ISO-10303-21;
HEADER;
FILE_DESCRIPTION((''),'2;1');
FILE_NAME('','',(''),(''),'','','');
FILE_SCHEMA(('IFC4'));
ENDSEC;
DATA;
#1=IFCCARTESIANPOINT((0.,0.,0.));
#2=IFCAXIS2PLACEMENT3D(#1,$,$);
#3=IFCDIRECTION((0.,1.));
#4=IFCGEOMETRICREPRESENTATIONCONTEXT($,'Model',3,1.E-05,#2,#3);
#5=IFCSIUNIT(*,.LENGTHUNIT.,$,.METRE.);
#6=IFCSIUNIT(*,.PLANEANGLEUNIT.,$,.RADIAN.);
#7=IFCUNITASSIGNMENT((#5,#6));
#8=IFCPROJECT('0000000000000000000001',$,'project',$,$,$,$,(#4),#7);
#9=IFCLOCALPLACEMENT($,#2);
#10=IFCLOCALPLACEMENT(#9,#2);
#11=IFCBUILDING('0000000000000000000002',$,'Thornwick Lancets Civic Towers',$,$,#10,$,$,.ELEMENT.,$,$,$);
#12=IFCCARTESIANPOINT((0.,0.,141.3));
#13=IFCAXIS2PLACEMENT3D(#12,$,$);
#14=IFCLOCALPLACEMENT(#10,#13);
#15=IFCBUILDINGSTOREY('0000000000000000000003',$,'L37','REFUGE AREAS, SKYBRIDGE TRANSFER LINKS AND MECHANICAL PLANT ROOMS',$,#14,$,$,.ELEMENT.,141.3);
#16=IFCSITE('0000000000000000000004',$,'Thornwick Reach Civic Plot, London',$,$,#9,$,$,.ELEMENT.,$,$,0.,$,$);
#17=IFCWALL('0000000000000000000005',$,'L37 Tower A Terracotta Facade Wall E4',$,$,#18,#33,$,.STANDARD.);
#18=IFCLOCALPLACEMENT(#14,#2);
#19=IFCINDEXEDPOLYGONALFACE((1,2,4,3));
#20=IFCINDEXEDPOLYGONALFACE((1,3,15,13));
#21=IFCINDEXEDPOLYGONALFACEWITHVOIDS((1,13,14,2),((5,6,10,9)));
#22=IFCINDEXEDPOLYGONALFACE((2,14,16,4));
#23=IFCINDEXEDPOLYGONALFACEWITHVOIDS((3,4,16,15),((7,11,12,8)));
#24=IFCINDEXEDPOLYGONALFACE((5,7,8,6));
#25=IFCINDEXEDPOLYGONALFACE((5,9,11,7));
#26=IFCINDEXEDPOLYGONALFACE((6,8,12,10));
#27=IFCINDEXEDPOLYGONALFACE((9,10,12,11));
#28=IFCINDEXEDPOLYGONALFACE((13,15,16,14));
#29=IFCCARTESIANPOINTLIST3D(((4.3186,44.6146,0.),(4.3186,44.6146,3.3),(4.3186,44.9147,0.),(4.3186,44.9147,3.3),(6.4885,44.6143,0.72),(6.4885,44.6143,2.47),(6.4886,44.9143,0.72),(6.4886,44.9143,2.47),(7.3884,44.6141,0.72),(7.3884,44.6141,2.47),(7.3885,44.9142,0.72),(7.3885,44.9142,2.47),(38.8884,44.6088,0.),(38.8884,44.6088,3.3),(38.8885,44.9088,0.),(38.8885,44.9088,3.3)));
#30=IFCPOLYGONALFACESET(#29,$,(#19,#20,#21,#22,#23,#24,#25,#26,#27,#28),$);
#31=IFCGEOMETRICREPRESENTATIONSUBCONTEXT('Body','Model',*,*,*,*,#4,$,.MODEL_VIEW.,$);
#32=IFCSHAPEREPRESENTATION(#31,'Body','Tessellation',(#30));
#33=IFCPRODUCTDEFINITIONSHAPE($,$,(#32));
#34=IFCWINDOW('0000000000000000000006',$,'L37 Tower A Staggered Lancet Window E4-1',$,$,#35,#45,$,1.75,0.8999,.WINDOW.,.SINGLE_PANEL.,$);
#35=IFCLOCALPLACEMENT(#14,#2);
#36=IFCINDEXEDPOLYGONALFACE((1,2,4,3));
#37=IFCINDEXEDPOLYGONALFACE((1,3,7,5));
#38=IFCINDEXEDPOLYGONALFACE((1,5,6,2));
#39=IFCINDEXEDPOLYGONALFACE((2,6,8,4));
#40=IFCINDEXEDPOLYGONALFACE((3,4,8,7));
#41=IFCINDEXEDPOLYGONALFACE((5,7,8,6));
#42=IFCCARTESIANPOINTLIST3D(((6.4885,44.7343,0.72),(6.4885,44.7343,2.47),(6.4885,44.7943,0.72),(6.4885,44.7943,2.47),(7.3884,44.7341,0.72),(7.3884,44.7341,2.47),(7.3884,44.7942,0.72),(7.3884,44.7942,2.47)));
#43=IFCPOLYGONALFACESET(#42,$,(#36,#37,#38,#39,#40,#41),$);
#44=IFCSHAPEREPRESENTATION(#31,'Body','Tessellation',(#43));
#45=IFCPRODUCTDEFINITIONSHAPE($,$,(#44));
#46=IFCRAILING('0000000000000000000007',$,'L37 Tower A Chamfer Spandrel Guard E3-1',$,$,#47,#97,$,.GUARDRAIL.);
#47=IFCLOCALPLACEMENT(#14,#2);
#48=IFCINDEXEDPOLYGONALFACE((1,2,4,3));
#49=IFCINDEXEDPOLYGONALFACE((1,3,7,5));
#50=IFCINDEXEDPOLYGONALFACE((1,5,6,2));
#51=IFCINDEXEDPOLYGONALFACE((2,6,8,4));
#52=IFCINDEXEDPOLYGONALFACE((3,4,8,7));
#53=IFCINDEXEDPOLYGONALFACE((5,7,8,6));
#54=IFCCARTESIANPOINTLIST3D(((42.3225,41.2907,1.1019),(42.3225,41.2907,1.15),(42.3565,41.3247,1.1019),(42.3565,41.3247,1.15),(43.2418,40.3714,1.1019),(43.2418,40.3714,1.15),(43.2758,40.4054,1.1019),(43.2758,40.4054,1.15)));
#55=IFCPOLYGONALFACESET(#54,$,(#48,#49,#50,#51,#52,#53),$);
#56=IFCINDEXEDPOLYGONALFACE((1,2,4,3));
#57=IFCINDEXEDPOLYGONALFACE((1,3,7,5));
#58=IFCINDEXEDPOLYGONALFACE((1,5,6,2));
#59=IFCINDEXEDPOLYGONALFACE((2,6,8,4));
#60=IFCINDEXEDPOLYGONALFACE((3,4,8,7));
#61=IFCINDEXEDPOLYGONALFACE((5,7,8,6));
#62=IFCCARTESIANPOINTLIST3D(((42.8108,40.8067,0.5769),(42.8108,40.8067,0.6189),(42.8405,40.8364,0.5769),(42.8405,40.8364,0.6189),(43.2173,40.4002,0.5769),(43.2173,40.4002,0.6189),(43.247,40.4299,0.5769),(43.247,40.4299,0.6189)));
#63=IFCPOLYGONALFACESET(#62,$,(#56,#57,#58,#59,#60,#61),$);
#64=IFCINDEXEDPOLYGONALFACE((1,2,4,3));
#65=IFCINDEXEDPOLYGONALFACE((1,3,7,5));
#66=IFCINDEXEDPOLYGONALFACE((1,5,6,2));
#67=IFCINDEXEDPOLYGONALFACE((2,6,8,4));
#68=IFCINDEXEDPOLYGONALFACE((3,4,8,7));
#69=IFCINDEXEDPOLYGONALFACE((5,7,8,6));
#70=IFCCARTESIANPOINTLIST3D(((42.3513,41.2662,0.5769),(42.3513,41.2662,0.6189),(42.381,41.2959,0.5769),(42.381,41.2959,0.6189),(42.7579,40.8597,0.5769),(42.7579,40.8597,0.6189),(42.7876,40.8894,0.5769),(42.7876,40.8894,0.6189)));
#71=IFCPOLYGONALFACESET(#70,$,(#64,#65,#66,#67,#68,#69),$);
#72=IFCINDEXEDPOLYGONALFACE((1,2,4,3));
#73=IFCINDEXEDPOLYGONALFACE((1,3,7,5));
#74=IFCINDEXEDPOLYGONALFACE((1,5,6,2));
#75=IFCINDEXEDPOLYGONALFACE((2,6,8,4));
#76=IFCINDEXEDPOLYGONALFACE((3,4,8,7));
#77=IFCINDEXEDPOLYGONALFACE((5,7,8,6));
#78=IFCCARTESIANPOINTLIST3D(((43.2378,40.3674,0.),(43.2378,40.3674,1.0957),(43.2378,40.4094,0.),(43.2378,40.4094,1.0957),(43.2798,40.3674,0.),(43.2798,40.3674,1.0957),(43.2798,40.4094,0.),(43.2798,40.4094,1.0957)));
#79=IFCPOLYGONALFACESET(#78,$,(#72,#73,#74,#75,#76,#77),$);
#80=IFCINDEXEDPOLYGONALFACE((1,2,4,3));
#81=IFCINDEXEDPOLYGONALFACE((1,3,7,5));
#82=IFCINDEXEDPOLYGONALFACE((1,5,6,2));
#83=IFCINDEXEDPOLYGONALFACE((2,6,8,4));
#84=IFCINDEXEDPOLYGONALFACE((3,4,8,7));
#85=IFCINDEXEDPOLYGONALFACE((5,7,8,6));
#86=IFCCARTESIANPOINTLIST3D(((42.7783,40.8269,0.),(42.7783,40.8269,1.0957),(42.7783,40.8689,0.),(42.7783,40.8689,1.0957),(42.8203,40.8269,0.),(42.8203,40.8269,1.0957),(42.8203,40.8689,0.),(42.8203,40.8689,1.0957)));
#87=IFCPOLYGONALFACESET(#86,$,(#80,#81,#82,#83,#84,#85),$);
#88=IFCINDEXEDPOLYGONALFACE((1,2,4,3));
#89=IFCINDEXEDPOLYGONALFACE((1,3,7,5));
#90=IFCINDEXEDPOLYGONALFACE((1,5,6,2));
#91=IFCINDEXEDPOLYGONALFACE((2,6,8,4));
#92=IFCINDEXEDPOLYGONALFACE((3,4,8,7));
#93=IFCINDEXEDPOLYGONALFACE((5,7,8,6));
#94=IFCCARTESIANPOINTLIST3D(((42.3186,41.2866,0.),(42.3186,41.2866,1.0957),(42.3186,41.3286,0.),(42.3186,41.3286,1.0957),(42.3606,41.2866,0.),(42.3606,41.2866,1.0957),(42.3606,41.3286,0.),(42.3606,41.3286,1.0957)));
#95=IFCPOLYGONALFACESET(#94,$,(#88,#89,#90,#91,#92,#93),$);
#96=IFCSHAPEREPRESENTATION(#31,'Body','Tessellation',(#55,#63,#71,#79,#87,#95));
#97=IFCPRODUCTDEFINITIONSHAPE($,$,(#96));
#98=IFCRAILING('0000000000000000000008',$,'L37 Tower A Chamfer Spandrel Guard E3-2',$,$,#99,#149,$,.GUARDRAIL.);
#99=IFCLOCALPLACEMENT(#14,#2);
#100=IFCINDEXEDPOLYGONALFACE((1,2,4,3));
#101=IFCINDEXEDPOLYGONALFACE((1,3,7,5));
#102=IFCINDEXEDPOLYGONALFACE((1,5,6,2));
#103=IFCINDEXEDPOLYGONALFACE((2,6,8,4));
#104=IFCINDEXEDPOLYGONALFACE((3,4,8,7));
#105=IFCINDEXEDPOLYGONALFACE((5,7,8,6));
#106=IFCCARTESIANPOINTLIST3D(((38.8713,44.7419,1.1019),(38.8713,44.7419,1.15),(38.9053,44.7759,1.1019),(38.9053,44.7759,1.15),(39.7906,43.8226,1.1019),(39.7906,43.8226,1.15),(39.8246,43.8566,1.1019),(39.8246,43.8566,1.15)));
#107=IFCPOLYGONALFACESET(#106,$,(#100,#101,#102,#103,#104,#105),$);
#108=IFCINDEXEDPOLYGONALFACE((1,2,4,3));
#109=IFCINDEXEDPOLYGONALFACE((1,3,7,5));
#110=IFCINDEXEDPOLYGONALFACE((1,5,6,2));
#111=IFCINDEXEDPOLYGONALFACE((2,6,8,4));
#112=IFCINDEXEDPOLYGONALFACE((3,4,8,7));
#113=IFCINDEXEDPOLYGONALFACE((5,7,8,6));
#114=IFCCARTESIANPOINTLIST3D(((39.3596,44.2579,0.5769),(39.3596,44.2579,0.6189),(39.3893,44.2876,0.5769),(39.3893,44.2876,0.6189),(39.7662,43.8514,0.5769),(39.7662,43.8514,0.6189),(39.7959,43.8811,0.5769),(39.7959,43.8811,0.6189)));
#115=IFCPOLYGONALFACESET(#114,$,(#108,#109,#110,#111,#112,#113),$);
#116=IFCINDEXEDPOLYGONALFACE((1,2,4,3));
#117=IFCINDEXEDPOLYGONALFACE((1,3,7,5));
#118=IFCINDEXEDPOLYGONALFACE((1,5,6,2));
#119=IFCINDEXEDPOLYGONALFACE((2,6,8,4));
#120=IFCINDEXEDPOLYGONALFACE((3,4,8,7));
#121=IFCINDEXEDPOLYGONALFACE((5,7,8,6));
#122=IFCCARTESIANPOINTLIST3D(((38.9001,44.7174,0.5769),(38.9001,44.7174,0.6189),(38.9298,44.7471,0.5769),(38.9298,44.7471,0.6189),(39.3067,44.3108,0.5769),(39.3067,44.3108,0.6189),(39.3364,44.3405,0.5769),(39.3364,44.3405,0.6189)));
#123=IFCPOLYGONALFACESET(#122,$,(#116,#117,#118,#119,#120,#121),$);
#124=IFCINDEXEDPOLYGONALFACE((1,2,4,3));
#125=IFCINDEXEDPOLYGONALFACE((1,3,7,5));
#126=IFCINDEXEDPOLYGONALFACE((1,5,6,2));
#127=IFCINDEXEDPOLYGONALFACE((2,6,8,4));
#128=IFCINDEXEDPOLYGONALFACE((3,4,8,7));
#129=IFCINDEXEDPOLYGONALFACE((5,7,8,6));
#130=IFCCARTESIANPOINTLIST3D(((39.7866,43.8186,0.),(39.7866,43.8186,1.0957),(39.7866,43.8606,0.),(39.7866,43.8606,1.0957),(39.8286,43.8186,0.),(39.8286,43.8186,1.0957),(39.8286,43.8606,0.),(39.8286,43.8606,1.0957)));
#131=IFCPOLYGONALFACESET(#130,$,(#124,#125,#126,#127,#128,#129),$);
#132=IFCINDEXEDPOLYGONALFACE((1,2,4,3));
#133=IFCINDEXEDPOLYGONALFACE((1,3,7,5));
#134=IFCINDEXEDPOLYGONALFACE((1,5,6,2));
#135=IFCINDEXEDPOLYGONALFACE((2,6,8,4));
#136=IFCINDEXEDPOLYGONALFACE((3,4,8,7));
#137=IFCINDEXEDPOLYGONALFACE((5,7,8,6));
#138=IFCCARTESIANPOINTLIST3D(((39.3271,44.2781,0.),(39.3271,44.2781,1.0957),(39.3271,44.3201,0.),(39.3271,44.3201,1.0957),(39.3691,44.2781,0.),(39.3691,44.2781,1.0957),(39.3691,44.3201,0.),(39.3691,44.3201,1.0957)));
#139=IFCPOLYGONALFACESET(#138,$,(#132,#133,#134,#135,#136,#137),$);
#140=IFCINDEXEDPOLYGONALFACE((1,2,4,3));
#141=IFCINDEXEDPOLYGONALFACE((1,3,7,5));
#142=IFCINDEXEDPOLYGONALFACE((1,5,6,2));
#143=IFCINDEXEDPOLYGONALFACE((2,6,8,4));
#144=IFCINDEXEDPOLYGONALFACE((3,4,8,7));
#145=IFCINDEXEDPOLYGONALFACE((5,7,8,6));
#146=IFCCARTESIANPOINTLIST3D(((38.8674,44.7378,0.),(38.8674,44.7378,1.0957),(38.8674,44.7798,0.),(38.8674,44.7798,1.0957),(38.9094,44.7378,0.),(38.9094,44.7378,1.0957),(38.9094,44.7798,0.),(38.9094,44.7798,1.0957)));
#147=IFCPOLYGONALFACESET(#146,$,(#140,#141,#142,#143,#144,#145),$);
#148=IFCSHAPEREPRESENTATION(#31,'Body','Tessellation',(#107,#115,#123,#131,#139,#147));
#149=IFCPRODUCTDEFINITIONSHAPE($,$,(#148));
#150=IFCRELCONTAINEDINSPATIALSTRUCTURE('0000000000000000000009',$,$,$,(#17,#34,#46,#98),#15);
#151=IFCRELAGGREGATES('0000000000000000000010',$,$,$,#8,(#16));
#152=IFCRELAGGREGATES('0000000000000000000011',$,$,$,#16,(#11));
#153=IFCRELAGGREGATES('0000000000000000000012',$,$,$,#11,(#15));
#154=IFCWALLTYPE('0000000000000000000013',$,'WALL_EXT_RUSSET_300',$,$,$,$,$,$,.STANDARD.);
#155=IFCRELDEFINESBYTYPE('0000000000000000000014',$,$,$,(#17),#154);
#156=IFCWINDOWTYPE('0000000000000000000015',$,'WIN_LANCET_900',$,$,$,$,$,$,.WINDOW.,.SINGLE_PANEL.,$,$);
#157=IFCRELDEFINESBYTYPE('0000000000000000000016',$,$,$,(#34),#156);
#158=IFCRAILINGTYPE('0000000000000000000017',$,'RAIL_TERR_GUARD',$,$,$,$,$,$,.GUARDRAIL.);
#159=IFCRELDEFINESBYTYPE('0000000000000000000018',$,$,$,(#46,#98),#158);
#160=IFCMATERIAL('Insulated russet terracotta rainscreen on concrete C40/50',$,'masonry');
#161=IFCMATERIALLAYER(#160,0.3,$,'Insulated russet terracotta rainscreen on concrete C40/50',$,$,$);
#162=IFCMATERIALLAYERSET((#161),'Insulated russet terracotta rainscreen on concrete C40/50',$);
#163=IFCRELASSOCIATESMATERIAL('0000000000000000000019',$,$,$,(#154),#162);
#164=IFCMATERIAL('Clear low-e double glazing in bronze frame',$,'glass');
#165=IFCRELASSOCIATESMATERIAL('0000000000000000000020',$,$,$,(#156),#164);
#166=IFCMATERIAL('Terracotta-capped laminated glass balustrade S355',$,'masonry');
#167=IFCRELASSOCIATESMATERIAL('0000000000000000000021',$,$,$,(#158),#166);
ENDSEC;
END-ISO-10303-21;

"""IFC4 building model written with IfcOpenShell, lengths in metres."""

from ifc_helpers import new_model, si_unit, direction, frame, frame_2d, origin, origin_2d, place, context, subcontext, project, spatial, rectangle, extrude, material, layer, layer_set, type_object, element, fill, save


model = new_model("IFC4")

# Units and contexts
model_context = context("Model", 3, precision=1e-05, world=origin(), true_north=direction((0.0, 1.0)))
body_context = subcontext(model_context, "Body", "Model", "MODEL_VIEW")
ifc_project = project(units=[si_unit("LENGTHUNIT", "METRE"), si_unit("PLANEANGLEUNIT", "RADIAN")], contexts=[model_context])

# Site, building, storey
site_placement = place(None, origin())
site = spatial("IfcSite", under=ifc_project, at=site_placement, Name="Thornwick Reach Civic Plot, London", CompositionType="ELEMENT", RefElevation=0.0)
building_placement = place(site_placement, origin())
building = spatial("IfcBuilding", under=site, at=building_placement, Name="Thornwick Lancets Civic Towers", CompositionType="ELEMENT")
storey_placement = place(building_placement, frame((0.0, 0.0, 141.3)))
storey = spatial("IfcBuildingStorey", under=building, at=storey_placement, Name="L37", Description="REFUGE AREAS, SKYBRIDGE TRANSFER LINKS AND MECHANICAL PLANT ROOMS", CompositionType="ELEMENT", Elevation=141.3)

# Wall, opening, window
ifc_material_1 = material(Name="Insulated russet terracotta rainscreen on concrete C40/50", Category="masonry")
ifc_layer_1 = layer(ifc_material_1, 0.3, Name="Insulated russet terracotta rainscreen on concrete C40/50")
ifc_layer_set_1 = layer_set([ifc_layer_1], Name="Insulated russet terracotta rainscreen on concrete C40/50")
wall_type_1 = type_object("IfcWallType", Name="WALL_EXT_RUSSET_300", PredefinedType="STANDARD", material=ifc_layer_set_1)
wall_1_placement = place(storey_placement, frame((38.8884, 44.7588, 0.0), z_axis=(0.0, 0.0, 1.0), x_axis=(-1.0, 0.000169, 0.0)))
wall_1 = element("IfcWall", 1, at=wall_1_placement, inside=storey, type_object=wall_type_1, Name="L37 Tower A Terracotta Facade Wall E4", PredefinedType="STANDARD", context=body_context, shape_type="SweptSolid", body=[
    extrude(rectangle(XDim=34.5698, YDim=0.3, at=frame_2d((17.2849, 0.0))), origin(), (0.0, 0.0, 1.0), 3.3),
])
opening_placement = place(wall_1_placement, frame((31.5, 0.0, 0.72)))
opening = element("IfcOpeningElement", 2, at=opening_placement, cuts=wall_1, PredefinedType="OPENING", context=body_context, shape_type="SweptSolid", body=[
    extrude(rectangle(XDim=0.8999, YDim=1.75, at=frame_2d((0.45, 0.875))), frame((0.0, 0.1602, 0.0), z_axis=(0.0, -1.0, 0.0), x_axis=(1.0, 0.0, 0.0)), (0.0, 0.0, 1.0), 0.3201),
])
ifc_material_2 = material(Name="Clear low-e double glazing in bronze frame", Category="glass")
window_type = type_object("IfcWindowType", Name="WIN_LANCET_900", PartitioningType="SINGLE_PANEL", PredefinedType="WINDOW", material=ifc_material_2)
window_placement = place(opening_placement, origin())
window = element("IfcWindow", 3, at=window_placement, inside=storey, type_object=window_type, Name="L37 Tower A Staggered Lancet Window E4-1", OverallHeight=1.75, OverallWidth=0.8999, PartitioningType="SINGLE_PANEL", PredefinedType="WINDOW", context=body_context, shape_type="SweptSolid", body=[
    extrude(rectangle(XDim=0.8999, YDim=1.75, at=frame_2d((0.45, 0.875))), frame((0.0, 0.03, 0.0), z_axis=(0.0, -1.0, 0.0), x_axis=(1.0, 0.0, 0.0)), (0.0, 0.0, 1.0), 0.0601),
])
fill(opening, window)

# Railings
ifc_material_3 = material(Name="Terracotta-capped laminated glass balustrade S355", Category="masonry")
railing_type = type_object("IfcRailingType", Name="RAIL_TERR_GUARD", PredefinedType="GUARDRAIL", material=ifc_material_3)
for number, where, name in (
    (4, (43.2588, 40.3884, 0.0), "L37 Tower A Chamfer Spandrel Guard E3-1"),
    (5, (39.8076, 43.8396, 0.0), "L37 Tower A Chamfer Spandrel Guard E3-2"),
):
    element("IfcRailing", number, at=place(storey_placement, frame(where)), inside=storey, type_object=railing_type, Name=name, PredefinedType="GUARDRAIL", context=body_context, shape_type="SweptSolid", body=[
        extrude(rectangle(XDim=0.0481, YDim=0.0481, at=origin_2d()), frame((0.0, 0.0, 1.126), z_axis=(-0.707107, 0.707107, 0.0), x_axis=(-0.707107, -0.707107, 0.0)), (0.0, 0.0, 1.0), 1.3),
        extrude(rectangle(XDim=0.042, YDim=0.042, at=origin_2d()), frame((-0.0266, 0.0266, 0.5979), z_axis=(-0.707107, 0.707107, 0.0), x_axis=(-0.707107, -0.707107, 0.0)), (0.0, 0.0, 1.0), 0.575),
        extrude(rectangle(XDim=0.042, YDim=0.042, at=origin_2d()), frame((-0.4861, 0.4861, 0.5979), z_axis=(-0.707107, 0.707107, 0.0), x_axis=(-0.707107, -0.707107, 0.0)), (0.0, 0.0, 1.0), 0.575),
        extrude(rectangle(XDim=0.042, YDim=0.042, at=origin_2d()), origin(), (0.0, 0.0, 1.0), 1.0957),
        extrude(rectangle(XDim=0.042, YDim=0.042, at=origin_2d()), frame((-0.4595, 0.4595, 0.0)), (0.0, 0.0, 1.0), 1.0957),
        extrude(rectangle(XDim=0.042, YDim=0.042, at=origin_2d()), frame((-0.9192, 0.9192, 0.0)), (0.0, 0.0, 1.0), 1.0957),
    ])

save(model, "model.ifc")
